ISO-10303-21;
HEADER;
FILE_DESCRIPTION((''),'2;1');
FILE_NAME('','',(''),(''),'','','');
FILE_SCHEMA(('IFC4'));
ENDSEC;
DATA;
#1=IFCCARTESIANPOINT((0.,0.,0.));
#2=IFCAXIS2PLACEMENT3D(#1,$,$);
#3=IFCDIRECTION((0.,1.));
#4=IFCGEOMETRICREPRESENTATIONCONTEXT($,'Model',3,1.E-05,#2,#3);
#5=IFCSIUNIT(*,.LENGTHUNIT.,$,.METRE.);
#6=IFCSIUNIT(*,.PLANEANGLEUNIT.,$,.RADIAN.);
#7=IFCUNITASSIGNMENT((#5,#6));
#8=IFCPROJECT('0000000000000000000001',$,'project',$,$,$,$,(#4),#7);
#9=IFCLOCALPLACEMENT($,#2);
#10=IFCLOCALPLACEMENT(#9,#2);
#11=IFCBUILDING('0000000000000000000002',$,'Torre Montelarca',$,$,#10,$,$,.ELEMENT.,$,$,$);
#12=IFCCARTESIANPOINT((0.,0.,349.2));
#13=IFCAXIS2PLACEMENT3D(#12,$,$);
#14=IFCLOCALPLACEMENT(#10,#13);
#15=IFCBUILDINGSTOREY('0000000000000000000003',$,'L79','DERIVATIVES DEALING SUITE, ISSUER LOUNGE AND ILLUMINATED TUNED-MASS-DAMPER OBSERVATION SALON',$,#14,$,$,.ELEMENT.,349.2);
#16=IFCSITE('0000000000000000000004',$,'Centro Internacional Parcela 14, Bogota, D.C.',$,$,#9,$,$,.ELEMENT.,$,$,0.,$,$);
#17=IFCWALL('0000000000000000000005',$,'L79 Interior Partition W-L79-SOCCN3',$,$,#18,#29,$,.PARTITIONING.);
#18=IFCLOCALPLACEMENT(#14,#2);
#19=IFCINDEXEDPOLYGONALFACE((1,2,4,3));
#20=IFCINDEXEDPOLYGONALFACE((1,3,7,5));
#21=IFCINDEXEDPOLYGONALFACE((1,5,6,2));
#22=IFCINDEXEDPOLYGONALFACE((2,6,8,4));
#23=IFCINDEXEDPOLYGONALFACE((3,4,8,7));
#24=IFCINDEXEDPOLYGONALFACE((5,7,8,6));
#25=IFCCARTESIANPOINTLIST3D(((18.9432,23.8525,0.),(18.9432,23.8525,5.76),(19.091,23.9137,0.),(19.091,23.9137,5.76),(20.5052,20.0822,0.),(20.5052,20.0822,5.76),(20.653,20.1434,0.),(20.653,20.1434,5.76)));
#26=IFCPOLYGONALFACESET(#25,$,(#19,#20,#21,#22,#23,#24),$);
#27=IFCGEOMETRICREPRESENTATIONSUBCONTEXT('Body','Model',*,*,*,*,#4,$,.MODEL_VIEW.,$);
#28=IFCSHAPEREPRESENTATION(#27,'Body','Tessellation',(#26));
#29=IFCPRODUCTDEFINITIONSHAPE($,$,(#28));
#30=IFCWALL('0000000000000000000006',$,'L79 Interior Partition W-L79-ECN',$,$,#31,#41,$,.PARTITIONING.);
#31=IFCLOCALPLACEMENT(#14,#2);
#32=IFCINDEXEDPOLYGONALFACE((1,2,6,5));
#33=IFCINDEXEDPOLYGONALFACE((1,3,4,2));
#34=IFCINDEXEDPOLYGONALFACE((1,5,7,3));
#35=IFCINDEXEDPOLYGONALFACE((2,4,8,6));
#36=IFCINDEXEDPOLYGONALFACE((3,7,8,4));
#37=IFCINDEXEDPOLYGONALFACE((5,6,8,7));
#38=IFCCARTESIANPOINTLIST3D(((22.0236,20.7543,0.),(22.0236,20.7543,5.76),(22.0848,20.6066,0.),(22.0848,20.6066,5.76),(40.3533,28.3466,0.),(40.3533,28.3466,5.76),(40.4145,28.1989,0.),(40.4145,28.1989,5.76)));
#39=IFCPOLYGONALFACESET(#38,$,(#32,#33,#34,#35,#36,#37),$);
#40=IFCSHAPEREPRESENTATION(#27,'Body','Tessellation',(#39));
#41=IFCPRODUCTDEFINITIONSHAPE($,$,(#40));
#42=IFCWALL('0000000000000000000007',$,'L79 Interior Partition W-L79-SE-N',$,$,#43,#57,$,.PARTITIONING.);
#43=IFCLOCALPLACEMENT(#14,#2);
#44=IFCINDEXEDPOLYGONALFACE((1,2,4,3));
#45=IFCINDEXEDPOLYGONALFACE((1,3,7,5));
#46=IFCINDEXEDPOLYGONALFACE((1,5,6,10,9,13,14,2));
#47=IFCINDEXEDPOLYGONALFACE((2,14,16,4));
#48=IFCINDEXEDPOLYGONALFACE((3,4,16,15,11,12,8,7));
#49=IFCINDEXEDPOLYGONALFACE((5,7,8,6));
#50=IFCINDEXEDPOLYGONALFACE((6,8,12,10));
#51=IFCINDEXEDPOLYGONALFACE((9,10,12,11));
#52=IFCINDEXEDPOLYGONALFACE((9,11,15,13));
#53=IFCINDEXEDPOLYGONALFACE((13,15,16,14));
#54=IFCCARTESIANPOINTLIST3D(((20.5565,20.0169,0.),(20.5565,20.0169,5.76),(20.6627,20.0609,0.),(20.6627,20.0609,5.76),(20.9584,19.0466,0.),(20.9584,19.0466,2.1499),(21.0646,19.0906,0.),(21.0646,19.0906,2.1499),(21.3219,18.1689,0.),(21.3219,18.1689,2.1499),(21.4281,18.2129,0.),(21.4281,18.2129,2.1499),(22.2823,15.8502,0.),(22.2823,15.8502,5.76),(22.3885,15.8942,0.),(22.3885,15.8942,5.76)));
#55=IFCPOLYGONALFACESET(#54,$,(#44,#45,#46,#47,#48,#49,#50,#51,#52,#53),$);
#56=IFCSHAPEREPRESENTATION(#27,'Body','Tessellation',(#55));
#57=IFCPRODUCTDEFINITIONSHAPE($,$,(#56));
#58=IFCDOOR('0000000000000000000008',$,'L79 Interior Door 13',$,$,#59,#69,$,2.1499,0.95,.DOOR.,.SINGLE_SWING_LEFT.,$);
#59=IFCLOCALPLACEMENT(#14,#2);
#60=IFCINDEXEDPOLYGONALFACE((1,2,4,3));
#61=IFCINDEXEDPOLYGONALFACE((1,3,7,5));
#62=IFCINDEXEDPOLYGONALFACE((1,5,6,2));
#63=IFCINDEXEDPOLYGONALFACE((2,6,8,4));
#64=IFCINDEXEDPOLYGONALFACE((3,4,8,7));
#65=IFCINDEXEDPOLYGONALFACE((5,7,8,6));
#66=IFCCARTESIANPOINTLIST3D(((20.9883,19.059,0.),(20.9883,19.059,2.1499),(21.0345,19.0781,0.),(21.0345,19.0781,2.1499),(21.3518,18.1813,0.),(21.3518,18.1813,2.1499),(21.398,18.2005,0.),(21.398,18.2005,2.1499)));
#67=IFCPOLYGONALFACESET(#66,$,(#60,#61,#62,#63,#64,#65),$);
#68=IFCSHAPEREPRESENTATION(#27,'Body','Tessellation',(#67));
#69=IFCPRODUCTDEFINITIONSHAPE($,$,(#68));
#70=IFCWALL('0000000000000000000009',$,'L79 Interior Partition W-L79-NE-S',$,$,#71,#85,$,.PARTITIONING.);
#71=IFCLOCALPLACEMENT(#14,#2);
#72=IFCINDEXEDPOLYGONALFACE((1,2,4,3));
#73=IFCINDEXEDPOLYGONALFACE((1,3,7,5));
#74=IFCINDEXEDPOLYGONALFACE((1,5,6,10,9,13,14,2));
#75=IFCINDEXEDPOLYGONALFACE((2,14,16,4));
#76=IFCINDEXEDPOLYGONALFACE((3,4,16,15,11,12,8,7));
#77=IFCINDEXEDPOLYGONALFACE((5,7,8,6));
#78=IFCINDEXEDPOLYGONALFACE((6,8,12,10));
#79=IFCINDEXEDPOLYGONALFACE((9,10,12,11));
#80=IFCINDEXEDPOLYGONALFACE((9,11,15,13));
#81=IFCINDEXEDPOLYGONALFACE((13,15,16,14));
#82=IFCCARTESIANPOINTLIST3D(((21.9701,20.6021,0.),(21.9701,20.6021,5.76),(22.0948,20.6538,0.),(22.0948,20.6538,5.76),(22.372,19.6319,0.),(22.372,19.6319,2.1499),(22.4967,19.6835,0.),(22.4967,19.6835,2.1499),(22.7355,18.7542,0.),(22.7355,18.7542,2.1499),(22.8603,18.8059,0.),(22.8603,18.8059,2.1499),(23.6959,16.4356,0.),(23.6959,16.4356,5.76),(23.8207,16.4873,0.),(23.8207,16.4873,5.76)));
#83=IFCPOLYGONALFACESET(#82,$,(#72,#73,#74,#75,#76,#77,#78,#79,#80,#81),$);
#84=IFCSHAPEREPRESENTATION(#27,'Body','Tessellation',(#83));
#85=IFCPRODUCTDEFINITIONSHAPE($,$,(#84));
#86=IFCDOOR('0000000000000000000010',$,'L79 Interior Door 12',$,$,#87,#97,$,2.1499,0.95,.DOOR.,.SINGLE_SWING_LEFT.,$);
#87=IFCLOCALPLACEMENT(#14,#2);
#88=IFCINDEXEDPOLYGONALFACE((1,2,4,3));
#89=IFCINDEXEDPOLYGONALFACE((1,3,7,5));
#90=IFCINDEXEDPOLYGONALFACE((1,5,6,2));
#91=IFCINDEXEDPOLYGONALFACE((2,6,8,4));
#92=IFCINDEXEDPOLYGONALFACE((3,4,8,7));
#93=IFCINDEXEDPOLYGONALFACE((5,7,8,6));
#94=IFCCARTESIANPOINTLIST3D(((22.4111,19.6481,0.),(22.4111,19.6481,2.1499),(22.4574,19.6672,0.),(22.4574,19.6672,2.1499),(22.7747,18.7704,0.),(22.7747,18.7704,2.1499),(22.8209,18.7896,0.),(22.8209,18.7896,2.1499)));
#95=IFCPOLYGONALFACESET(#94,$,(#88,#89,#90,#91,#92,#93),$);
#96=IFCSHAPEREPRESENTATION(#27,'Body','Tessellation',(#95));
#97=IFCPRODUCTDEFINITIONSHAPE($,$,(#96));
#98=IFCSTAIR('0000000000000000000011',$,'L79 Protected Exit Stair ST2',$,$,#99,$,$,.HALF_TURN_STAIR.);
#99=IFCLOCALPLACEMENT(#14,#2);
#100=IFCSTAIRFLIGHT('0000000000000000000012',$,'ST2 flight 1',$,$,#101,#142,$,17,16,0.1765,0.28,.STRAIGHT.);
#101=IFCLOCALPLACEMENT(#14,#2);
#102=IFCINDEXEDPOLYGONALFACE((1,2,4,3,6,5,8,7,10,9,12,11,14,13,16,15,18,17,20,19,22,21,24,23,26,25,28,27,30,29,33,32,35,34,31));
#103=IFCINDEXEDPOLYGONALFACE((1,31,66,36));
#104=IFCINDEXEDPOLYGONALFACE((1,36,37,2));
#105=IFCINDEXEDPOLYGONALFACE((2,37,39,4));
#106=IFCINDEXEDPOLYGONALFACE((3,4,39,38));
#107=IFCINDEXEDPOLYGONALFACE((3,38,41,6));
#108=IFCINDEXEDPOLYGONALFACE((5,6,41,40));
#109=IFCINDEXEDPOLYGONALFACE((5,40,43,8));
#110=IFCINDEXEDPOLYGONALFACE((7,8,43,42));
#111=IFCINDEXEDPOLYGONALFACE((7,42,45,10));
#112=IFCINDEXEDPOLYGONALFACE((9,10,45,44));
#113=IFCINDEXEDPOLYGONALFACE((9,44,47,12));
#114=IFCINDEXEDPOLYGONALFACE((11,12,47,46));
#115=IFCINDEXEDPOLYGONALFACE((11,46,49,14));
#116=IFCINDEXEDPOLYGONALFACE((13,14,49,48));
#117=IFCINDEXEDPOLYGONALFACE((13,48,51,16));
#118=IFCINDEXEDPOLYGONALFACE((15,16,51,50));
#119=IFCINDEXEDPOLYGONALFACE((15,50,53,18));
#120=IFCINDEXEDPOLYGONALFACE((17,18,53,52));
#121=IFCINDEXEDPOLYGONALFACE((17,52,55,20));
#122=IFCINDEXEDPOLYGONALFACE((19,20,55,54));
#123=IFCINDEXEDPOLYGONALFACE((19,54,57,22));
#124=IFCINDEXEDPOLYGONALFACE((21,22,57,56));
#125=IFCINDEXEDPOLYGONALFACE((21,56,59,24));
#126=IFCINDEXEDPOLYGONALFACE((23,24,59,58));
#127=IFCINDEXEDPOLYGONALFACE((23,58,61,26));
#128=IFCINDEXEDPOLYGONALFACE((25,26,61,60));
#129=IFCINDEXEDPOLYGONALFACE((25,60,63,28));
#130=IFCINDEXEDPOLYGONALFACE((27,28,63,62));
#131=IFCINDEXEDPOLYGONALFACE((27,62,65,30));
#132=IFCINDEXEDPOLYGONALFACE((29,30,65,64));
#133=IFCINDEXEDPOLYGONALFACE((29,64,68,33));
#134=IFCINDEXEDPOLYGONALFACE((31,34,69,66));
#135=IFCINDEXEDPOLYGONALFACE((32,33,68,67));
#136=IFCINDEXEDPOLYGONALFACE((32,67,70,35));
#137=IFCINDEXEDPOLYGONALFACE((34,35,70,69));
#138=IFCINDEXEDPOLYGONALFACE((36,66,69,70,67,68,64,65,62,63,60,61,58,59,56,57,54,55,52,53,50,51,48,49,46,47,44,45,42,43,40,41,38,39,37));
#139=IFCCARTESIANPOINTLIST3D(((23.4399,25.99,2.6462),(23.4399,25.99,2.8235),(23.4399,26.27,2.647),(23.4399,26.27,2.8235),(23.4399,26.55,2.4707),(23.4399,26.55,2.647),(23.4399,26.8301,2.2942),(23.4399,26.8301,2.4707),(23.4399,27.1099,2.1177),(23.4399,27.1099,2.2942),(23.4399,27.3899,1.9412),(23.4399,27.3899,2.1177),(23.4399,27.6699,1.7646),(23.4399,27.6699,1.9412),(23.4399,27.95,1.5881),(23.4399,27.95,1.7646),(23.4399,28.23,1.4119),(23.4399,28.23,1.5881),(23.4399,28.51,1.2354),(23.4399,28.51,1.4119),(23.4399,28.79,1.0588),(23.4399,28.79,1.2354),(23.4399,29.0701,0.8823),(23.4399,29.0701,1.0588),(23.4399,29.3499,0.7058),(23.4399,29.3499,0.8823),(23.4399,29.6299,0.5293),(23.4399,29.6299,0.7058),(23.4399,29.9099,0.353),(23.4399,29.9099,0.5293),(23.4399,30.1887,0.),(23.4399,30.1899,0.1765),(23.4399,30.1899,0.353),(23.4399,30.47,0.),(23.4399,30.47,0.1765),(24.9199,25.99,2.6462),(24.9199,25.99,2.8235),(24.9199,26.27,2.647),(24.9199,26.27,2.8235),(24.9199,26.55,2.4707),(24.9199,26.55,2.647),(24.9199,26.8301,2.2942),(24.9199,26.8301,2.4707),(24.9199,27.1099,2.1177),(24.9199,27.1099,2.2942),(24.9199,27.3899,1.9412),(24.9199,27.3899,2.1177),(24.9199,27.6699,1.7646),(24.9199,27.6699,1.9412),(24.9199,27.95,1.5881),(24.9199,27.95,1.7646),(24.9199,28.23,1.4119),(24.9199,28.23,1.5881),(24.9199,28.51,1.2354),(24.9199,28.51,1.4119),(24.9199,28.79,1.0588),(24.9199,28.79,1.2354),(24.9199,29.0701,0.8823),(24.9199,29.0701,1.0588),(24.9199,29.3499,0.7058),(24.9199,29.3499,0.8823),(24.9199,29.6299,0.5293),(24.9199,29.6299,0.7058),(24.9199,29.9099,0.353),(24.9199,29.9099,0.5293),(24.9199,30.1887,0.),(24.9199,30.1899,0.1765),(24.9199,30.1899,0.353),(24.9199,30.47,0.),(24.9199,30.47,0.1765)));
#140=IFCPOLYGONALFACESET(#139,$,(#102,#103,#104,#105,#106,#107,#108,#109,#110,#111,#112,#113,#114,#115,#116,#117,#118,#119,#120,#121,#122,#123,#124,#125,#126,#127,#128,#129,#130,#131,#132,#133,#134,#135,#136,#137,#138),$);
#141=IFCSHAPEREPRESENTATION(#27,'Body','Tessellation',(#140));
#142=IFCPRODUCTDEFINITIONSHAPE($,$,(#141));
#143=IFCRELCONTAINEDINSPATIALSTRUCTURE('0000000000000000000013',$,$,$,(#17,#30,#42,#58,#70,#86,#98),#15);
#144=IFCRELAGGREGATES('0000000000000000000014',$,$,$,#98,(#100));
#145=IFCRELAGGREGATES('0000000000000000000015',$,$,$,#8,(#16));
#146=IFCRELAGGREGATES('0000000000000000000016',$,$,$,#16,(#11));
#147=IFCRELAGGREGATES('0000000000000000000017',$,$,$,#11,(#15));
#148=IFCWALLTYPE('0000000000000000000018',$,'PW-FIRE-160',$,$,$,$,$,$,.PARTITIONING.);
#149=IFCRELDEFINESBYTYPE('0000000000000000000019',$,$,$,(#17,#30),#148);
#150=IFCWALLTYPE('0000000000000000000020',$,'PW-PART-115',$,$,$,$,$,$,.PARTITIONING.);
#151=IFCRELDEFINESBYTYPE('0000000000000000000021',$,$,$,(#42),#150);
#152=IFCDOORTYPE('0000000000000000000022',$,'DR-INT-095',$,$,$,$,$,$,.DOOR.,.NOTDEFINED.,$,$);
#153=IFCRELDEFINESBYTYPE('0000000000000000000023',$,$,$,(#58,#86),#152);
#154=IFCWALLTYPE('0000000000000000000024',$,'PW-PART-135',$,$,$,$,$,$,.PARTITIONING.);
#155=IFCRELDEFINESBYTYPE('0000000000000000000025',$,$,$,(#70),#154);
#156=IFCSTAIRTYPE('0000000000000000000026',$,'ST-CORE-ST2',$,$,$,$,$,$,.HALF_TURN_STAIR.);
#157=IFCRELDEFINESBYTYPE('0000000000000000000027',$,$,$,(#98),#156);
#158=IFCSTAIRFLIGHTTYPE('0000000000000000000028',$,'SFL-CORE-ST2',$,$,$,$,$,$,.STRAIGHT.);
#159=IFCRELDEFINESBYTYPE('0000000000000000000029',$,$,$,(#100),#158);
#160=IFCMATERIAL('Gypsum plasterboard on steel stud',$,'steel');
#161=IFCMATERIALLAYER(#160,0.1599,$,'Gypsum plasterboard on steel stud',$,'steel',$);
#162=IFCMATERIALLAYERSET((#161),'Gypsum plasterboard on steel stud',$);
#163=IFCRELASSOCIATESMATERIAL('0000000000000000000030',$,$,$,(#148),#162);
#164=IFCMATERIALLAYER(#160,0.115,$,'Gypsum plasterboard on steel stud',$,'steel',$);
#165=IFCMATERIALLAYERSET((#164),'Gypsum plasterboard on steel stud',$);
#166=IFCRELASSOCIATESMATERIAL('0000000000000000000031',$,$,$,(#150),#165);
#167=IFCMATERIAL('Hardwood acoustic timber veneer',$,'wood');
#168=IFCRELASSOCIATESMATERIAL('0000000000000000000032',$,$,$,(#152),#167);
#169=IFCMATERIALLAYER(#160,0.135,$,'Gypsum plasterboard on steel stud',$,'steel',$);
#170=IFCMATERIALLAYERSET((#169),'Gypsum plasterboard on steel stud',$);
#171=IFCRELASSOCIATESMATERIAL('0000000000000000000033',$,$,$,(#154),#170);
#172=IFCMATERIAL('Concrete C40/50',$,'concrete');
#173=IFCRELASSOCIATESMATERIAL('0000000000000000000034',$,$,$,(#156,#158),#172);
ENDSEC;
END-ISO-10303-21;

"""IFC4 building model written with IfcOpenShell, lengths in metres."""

from ifc_helpers import new_model, si_unit, direction, frame, frame_2d, origin, place, context, subcontext, project, spatial, polyline, rectangle, outline, extrude, source, transform, mapped, material, layer, layer_set, type_object, element, fill, aggregate, save


model = new_model("IFC4")

# Units and contexts
model_context = context("Model", 3, precision=1e-05, world=origin(), true_north=direction((0.0, 1.0)))
body_context = subcontext(model_context, "Body", "Model", "MODEL_VIEW")
ifc_project = project(units=[si_unit("LENGTHUNIT", "METRE"), si_unit("PLANEANGLEUNIT", "RADIAN")], contexts=[model_context])

# Site, building, storey
site_placement = place(None, origin())
site = spatial("IfcSite", under=ifc_project, at=site_placement, Name="Centro Internacional Parcela 14, Bogota, D.C.", CompositionType="ELEMENT", RefElevation=0.0)
building_placement = place(site_placement, origin())
building = spatial("IfcBuilding", under=site, at=building_placement, Name="Torre Montelarca", CompositionType="ELEMENT")
storey_placement = place(building_placement, frame((0.0, 0.0, 349.2)))
storey = spatial("IfcBuildingStorey", under=building, at=storey_placement, Name="L79", Description="DERIVATIVES DEALING SUITE, ISSUER LOUNGE AND ILLUMINATED TUNED-MASS-DAMPER OBSERVATION SALON", CompositionType="ELEMENT", Elevation=349.2)

# Shared definitions
ifc_material_1 = material(Name="Concrete C40/50", Category="concrete")

# Walls
ifc_material_2 = material(Name="Gypsum plasterboard on steel stud", Category="steel")
ifc_layer_1 = layer(ifc_material_2, 0.1599, Name="Gypsum plasterboard on steel stud", Category="steel")
ifc_layer_set_1 = layer_set([ifc_layer_1], Name="Gypsum plasterboard on steel stud")
wall_type_1 = type_object("IfcWallType", Name="PW-FIRE-160", PredefinedType="PARTITIONING", material=ifc_layer_set_1)
wall_1_placement = place(storey_placement, frame((19.0171, 23.8831, 0.0), z_axis=(0.0, 0.0, 1.0), x_axis=(0.38275, -0.923852, 0.0)))
element("IfcWall", 1, at=wall_1_placement, inside=storey, type_object=wall_type_1, Name="L79 Interior Partition W-L79-SOCCN3", PredefinedType="PARTITIONING", context=body_context, shape_type="SweptSolid", body=[
    extrude(rectangle(XDim=4.0811, YDim=0.1599, at=frame_2d((2.0405, 0.0))), origin(), (0.0, 0.0, 1.0), 5.76),
])
wall_2_placement = place(storey_placement, frame((22.0542, 20.6804, 0.0), z_axis=(0.0, 0.0, 1.0), x_axis=(0.923881, 0.38268, 0.0)))
element("IfcWall", 2, at=wall_2_placement, inside=storey, type_object=wall_type_1, Name="L79 Interior Partition W-L79-ECN", PredefinedType="PARTITIONING", context=body_context, shape_type="SweptSolid", body=[
    extrude(rectangle(XDim=19.8398, YDim=0.1599, at=frame_2d((9.9199, 0.0))), origin(), (0.0, 0.0, 1.0), 5.76),
])

# Walls, openings, doors
ifc_layer_2 = layer(ifc_material_2, 0.115, Name="Gypsum plasterboard on steel stud", Category="steel")
ifc_layer_set_2 = layer_set([ifc_layer_2], Name="Gypsum plasterboard on steel stud")
wall_type_2 = type_object("IfcWallType", Name="PW-PART-115", PredefinedType="PARTITIONING", material=ifc_layer_set_2)
wall_3_placement = place(storey_placement, frame((20.6096, 20.0388, 0.0), z_axis=(0.0, 0.0, 1.0), x_axis=(0.382666, -0.923887, 0.0)))
wall_3 = element("IfcWall", 3, at=wall_3_placement, inside=storey, type_object=wall_type_2, Name="L79 Interior Partition W-L79-SE-N", PredefinedType="PARTITIONING", context=body_context, shape_type="SweptSolid", body=[
    extrude(rectangle(XDim=4.51, YDim=0.115, at=frame_2d((2.2549, 0.0))), origin(), (0.0, 0.0, 1.0), 5.76),
])
opening_1_placement = place(wall_3_placement, frame((1.05, 0.0, 0.0)))
opening_1 = element("IfcOpeningElement", 4, at=opening_1_placement, cuts=wall_3, PredefinedType="OPENING", context=body_context, shape_type="SweptSolid", body=[
    extrude(rectangle(XDim=0.95, YDim=2.1499, at=frame_2d((0.4751, 1.075))), frame((0.0, 0.0674, 0.0), z_axis=(0.0, -1.0, 0.0), x_axis=(1.0, 0.0, 0.0)), (0.0, 0.0, 1.0), 0.135),
])
ifc_material_3 = material(Name="Hardwood acoustic timber veneer", Category="wood")
door_type = type_object("IfcDoorType", Name="DR-INT-095", OperationType="NOTDEFINED", PredefinedType="DOOR", material=ifc_material_3)
shared_shape_1 = source(origin(), body_context, "Body", "SweptSolid", [
    extrude(rectangle(XDim=0.95, YDim=2.1499, at=frame_2d((0.4751, 1.075))), frame((0.0, 0.0249, 0.0), z_axis=(0.0, -1.0, 0.0), x_axis=(1.0, 0.0, 0.0)), (0.0, 0.0, 1.0), 0.05),
])
door_1_placement = place(opening_1_placement, origin())
door_1 = element("IfcDoor", 5, at=door_1_placement, inside=storey, type_object=door_type, Name="L79 Interior Door 13", OperationType="SINGLE_SWING_LEFT", OverallHeight=2.1499, OverallWidth=0.95, PredefinedType="DOOR", context=body_context, shape_type="MappedRepresentation", body=[
    mapped(shared_shape_1, transform((0.0, 0.0, 0.0), scale=1.0)),
])
fill(opening_1, door_1)
ifc_layer_3 = layer(ifc_material_2, 0.135, Name="Gypsum plasterboard on steel stud", Category="steel")
ifc_layer_set_3 = layer_set([ifc_layer_3], Name="Gypsum plasterboard on steel stud")
wall_type_3 = type_object("IfcWallType", Name="PW-PART-135", PredefinedType="PARTITIONING", material=ifc_layer_set_3)
wall_4_placement = place(storey_placement, frame((22.0325, 20.6279, 0.0), z_axis=(0.0, 0.0, 1.0), x_axis=(0.382685, -0.923879, 0.0)))
wall_4 = element("IfcWall", 6, at=wall_4_placement, inside=storey, type_object=wall_type_3, Name="L79 Interior Partition W-L79-NE-S", PredefinedType="PARTITIONING", context=body_context, shape_type="SweptSolid", body=[
    extrude(rectangle(XDim=4.5098, YDim=0.135, at=frame_2d((2.2549, 0.0))), origin(), (0.0, 0.0, 1.0), 5.76),
])
opening_2_placement = place(wall_4_placement, frame((1.05, 0.0, 0.0)))
opening_2 = element("IfcOpeningElement", 7, at=opening_2_placement, cuts=wall_4, PredefinedType="OPENING", context=body_context, shape_type="SweptSolid", body=[
    extrude(rectangle(XDim=0.95, YDim=2.1499, at=frame_2d((0.4751, 1.075))), frame((0.0, 0.0776, 0.0), z_axis=(0.0, -1.0, 0.0), x_axis=(1.0, 0.0, 0.0)), (0.0, 0.0, 1.0), 0.155),
])
door_2_placement = place(opening_2_placement, origin())
door_2 = element("IfcDoor", 8, at=door_2_placement, inside=storey, type_object=door_type, Name="L79 Interior Door 12", OperationType="SINGLE_SWING_LEFT", OverallHeight=2.1499, OverallWidth=0.95, PredefinedType="DOOR", context=body_context, shape_type="MappedRepresentation", body=[
    mapped(shared_shape_1, transform((0.0, 0.0, 0.0), scale=1.0)),
])
fill(opening_2, door_2)

# Stair, stair flight
stair_type = type_object("IfcStairType", Name="ST-CORE-ST2", PredefinedType="HALF_TURN_STAIR", material=ifc_material_1)
stair_placement = place(storey_placement, origin())
stair = element("IfcStair", 9, at=stair_placement, inside=storey, type_object=stair_type, Name="L79 Protected Exit Stair ST2", PredefinedType="HALF_TURN_STAIR")
stair_flight_type = type_object("IfcStairFlightType", Name="SFL-CORE-ST2", PredefinedType="STRAIGHT", material=ifc_material_1)
stair_flight_1_placement = place(storey_placement, frame((24.1799, 30.47, 0.0), z_axis=(0.0, 0.0, 1.0), x_axis=(0.0, -1.0, 0.0)))
stair_flight_1 = element("IfcStairFlight", 10, at=stair_flight_1_placement, type_object=stair_flight_type, Name="ST2 flight 1", NumberOfRisers=17, NumberOfTreads=16, PredefinedType="STRAIGHT", RiserHeight=0.1765, TreadLength=0.28, context=body_context, shape_type="SweptSolid", body=[
    extrude(outline(polyline([(0.0, 0.0), (0.0, 0.1765), (0.28, 0.1765), (0.28, 0.353), (0.5601, 0.353), (0.5601, 0.5293), (0.8401, 0.5293), (0.8401, 0.7058), (1.1201, 0.7058), (1.1201, 0.8823), (1.3999, 0.8823), (1.3999, 1.0588), (1.6799, 1.0588), (1.6799, 1.2354), (1.96, 1.2354), (1.96, 1.4119), (2.24, 1.4119), (2.24, 1.5881), (2.52, 1.5881), (2.52, 1.7646), (2.8, 1.7646), (2.8, 1.9412), (3.0801, 1.9412), (3.0801, 2.1177), (3.3601, 2.1177), (3.3601, 2.2942), (3.6399, 2.2942), (3.6399, 2.4707), (3.9199, 2.4707), (3.9199, 2.647), (4.2, 2.647), (4.2, 2.8235), (4.48, 2.8235), (4.48, 3.0), (4.48, 2.6462), (0.2812, 0.0), (0.0, 0.0)])), frame((0.0, 0.74, 0.0), z_axis=(0.0, -1.0, 0.0), x_axis=(1.0, 0.0, 0.0)), (0.0, 0.0, 1.0), 1.48),
])
aggregate(stair, [stair_flight_1])

save(model, "model.ifc")
